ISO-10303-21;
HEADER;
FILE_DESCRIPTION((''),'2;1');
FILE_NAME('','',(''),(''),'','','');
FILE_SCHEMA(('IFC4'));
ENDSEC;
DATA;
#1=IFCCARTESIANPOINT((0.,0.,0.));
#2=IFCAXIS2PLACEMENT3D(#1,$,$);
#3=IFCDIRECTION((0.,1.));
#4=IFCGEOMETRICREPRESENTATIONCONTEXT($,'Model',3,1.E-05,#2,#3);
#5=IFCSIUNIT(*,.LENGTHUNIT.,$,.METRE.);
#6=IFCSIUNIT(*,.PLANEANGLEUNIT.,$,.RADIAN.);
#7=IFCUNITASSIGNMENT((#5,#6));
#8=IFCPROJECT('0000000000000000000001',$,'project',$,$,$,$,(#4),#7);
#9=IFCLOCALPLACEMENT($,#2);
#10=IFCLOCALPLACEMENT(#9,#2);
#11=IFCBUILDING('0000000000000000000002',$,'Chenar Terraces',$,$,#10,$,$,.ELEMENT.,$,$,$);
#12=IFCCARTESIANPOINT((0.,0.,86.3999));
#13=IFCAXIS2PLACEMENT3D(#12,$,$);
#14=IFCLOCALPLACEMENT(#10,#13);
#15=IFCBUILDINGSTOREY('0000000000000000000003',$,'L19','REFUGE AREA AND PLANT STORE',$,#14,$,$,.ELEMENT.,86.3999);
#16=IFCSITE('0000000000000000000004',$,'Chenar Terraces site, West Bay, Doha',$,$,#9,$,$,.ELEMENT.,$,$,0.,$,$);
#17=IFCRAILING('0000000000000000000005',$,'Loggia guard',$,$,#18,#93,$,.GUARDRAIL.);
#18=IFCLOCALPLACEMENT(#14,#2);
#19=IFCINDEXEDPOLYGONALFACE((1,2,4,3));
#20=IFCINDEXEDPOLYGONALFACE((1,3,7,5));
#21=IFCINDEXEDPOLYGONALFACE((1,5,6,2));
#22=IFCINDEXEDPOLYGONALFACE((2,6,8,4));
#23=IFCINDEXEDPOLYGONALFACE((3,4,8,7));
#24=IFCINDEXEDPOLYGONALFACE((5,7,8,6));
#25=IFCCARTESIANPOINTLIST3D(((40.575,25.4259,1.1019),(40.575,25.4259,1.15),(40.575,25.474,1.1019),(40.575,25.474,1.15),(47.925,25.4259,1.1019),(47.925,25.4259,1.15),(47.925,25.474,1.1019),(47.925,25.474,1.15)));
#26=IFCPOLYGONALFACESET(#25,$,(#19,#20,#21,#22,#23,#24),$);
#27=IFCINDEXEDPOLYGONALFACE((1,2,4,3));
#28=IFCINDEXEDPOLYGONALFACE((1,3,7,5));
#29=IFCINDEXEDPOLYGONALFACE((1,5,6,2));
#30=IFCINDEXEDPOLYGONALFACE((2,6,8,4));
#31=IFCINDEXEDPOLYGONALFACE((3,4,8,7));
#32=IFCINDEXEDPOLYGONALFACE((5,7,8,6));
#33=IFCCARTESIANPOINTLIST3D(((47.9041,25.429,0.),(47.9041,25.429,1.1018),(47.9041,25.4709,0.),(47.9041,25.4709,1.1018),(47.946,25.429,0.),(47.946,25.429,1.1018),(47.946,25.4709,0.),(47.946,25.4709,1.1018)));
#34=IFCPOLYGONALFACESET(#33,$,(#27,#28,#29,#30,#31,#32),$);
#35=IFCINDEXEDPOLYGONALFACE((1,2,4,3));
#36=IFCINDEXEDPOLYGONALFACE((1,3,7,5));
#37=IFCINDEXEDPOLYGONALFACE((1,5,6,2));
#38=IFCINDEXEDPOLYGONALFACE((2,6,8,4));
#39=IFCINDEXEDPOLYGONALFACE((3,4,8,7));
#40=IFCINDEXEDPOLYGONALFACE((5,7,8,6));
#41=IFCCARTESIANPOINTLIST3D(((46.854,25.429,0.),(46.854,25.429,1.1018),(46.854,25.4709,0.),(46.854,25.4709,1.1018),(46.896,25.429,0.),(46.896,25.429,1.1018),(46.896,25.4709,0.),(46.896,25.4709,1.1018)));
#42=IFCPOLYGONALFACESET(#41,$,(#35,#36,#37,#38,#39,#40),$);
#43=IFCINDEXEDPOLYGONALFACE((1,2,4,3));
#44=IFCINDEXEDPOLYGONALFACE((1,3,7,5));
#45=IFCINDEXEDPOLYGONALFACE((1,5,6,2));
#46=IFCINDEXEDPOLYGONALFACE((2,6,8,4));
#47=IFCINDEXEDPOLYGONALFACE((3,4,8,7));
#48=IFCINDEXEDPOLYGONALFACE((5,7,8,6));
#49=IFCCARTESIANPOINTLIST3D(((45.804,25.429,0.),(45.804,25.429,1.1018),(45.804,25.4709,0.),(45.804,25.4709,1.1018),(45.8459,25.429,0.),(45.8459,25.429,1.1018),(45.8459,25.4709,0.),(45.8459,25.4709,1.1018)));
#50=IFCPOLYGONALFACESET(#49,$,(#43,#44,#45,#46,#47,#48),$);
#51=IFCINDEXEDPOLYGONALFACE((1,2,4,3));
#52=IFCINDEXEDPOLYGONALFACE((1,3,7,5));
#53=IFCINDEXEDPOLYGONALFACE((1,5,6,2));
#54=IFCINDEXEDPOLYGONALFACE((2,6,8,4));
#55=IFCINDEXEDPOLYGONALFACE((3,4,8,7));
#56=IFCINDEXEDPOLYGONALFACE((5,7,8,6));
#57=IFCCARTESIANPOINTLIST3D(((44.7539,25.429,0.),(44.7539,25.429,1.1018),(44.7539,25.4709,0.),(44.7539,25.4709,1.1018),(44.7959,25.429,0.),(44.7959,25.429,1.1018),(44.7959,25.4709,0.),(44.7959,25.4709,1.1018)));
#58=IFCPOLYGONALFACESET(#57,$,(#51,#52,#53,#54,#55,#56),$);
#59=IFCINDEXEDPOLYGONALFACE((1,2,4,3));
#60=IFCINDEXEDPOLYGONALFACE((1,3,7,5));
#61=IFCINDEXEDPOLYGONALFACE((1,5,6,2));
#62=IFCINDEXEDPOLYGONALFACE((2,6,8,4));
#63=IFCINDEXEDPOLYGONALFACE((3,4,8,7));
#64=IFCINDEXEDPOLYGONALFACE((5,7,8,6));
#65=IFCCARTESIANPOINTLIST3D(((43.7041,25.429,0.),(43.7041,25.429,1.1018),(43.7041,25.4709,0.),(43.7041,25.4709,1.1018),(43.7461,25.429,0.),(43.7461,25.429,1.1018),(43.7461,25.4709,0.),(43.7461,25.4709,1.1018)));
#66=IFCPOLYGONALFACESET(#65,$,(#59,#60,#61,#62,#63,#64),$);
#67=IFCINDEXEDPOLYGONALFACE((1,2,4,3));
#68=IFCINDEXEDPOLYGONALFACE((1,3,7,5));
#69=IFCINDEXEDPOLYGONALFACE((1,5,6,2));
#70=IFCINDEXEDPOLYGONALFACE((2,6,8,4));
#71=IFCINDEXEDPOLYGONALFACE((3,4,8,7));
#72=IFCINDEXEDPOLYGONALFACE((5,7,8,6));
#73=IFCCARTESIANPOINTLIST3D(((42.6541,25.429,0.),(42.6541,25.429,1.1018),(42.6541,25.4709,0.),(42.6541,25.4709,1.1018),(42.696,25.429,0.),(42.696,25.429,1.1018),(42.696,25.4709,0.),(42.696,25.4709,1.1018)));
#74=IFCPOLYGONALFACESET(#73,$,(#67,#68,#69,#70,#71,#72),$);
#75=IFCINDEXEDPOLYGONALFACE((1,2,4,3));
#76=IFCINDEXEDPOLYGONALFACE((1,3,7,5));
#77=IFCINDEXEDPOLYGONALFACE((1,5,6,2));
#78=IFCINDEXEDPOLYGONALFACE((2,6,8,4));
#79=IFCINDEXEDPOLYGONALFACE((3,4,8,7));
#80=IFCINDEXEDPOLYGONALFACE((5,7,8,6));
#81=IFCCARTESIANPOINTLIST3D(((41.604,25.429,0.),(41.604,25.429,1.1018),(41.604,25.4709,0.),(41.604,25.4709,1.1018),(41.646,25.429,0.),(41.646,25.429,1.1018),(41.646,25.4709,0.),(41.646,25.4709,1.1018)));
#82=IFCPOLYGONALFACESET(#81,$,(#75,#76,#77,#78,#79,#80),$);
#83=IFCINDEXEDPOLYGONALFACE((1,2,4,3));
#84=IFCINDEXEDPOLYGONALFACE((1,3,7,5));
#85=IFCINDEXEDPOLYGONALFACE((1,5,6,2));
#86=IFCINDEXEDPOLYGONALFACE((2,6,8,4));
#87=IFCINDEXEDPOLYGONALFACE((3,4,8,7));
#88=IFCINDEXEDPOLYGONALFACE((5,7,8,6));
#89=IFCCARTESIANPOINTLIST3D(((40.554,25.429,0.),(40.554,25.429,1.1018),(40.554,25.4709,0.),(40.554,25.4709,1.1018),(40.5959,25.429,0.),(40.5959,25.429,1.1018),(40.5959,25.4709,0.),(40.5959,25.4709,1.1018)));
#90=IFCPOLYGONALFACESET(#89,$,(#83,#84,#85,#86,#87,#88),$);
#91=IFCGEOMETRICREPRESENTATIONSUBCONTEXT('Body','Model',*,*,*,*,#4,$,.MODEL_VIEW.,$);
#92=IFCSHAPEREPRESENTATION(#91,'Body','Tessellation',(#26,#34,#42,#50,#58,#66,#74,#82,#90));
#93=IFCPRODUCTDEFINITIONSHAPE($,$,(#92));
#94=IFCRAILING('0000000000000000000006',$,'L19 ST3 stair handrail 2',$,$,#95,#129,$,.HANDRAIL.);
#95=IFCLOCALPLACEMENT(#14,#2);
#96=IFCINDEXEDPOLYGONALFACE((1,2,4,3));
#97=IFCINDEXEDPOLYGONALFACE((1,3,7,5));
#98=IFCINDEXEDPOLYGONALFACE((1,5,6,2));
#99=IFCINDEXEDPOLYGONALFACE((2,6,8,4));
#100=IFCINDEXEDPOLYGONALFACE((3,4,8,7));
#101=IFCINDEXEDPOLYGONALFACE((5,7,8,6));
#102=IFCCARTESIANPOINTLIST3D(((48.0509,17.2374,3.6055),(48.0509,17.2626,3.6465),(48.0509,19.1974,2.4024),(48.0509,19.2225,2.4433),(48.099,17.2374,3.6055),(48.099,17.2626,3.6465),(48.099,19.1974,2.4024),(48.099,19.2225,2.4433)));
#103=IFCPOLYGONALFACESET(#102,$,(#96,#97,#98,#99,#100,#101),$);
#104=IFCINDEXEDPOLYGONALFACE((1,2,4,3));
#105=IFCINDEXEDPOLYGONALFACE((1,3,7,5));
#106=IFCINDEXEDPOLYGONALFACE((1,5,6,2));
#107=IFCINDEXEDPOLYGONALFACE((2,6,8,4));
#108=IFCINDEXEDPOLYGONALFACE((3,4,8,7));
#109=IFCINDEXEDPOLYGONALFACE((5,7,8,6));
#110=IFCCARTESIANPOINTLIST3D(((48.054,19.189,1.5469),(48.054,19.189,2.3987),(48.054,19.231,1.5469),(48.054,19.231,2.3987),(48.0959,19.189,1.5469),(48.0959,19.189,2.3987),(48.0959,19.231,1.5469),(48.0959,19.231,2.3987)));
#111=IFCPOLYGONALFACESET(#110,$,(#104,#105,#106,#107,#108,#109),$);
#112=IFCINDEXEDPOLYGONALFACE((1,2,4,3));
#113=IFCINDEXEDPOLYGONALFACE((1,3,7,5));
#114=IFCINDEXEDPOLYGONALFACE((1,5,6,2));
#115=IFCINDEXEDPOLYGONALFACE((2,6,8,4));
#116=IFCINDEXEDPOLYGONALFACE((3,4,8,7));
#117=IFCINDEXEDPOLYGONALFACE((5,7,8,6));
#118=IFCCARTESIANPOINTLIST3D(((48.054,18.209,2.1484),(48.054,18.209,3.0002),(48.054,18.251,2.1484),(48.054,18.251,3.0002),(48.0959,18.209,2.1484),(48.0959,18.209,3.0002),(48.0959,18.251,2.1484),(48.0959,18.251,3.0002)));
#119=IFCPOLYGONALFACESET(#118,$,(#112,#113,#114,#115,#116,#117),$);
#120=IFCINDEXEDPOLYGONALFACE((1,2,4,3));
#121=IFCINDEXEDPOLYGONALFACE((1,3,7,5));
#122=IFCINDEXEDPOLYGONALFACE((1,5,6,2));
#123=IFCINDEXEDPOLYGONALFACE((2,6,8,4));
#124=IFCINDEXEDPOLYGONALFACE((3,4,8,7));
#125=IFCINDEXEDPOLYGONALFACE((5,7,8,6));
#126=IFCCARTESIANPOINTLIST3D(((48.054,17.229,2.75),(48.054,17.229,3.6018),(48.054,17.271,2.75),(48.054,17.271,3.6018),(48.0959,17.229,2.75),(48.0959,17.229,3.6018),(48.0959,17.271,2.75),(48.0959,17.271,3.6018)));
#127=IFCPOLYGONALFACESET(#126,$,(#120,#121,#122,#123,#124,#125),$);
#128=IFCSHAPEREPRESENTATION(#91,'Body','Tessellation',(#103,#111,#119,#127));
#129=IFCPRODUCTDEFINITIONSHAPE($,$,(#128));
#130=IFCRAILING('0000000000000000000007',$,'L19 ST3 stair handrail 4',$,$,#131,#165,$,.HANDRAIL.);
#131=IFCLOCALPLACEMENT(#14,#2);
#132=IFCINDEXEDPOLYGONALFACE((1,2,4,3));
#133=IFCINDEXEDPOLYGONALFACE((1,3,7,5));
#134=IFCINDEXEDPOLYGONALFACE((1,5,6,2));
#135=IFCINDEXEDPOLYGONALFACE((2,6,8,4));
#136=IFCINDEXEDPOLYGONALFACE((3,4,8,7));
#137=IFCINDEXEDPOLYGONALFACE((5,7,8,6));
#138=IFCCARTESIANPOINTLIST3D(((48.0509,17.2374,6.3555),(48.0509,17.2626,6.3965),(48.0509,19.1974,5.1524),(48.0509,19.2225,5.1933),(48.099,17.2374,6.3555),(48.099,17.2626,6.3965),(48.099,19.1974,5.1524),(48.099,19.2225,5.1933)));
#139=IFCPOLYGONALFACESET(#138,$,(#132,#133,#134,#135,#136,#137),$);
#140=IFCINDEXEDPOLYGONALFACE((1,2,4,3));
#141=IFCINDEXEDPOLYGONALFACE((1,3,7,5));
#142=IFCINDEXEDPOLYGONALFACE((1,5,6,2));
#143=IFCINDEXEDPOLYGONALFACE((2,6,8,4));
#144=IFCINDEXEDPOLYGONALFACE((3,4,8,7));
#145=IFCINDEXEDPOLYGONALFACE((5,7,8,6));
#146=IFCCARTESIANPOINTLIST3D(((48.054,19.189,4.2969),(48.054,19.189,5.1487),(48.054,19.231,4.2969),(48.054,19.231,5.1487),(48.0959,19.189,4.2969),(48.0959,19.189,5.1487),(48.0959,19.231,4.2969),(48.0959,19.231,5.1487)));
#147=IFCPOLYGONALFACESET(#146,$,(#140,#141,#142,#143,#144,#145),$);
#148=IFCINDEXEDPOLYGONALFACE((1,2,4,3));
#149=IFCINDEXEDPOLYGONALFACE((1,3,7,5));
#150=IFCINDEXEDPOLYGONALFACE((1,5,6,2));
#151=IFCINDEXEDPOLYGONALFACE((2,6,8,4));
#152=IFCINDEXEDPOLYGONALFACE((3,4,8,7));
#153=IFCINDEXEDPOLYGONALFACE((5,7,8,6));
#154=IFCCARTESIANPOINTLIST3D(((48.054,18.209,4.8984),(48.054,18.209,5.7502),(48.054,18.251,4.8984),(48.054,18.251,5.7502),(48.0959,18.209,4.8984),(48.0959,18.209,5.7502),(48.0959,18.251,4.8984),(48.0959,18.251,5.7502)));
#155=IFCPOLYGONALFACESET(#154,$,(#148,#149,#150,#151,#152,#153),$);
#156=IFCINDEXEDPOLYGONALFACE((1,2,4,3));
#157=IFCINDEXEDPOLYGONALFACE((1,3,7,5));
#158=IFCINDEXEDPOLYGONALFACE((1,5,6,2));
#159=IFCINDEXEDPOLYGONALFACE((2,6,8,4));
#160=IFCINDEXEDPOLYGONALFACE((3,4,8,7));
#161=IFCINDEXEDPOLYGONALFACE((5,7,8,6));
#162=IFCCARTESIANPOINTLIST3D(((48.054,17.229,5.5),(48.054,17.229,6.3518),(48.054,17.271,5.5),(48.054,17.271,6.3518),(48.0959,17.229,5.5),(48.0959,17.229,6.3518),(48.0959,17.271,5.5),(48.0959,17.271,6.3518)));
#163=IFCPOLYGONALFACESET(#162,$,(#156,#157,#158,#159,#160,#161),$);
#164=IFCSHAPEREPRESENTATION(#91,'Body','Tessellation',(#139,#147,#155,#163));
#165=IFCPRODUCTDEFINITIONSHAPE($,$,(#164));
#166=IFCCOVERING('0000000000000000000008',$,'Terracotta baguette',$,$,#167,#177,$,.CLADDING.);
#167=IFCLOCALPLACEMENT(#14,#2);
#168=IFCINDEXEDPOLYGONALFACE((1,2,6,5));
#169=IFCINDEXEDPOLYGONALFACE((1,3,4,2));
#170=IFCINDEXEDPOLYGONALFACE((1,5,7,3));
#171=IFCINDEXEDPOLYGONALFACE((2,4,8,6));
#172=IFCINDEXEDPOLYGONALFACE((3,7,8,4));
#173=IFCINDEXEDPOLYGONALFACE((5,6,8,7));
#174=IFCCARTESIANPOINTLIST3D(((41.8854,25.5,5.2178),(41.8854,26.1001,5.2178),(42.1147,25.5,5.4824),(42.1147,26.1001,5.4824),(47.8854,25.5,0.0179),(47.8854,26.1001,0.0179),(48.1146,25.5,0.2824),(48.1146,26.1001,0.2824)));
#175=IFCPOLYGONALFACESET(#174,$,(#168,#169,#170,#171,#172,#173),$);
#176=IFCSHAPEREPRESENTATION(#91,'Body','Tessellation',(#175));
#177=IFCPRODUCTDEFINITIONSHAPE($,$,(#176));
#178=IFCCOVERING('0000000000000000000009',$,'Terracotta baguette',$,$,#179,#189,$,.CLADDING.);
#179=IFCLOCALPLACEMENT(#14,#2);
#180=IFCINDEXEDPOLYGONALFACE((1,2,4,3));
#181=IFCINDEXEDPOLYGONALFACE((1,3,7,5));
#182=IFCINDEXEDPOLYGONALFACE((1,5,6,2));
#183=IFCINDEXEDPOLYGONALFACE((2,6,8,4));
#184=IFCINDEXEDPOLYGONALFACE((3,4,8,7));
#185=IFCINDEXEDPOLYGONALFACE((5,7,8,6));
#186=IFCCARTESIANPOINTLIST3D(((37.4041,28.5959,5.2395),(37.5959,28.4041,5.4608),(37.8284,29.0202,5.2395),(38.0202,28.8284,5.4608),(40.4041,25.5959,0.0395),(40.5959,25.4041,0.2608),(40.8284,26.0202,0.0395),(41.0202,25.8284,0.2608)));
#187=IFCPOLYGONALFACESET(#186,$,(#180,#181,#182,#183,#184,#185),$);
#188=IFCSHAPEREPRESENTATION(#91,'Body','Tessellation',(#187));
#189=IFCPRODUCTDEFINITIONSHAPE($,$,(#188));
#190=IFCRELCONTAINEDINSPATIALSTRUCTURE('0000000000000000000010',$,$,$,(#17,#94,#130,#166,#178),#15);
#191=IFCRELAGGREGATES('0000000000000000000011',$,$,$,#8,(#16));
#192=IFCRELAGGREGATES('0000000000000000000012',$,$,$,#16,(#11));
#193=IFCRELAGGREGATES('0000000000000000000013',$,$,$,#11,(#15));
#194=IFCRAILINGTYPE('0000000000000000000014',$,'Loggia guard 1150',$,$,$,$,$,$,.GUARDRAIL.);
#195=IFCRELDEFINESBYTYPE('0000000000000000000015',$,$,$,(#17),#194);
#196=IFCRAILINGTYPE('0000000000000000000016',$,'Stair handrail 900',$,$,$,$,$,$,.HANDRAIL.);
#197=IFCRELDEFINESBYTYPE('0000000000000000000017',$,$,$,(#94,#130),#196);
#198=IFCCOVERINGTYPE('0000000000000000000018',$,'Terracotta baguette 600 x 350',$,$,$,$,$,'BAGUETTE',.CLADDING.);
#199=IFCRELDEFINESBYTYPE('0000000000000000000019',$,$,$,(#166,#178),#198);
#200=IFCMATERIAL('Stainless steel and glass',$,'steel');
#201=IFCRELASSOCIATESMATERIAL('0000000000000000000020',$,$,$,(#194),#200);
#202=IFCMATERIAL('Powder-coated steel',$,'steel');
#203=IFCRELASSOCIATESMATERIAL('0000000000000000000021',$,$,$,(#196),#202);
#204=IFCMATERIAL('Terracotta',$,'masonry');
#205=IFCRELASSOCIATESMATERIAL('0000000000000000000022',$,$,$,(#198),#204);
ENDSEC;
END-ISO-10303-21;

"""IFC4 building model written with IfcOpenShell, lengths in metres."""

from ifc_helpers import new_model, si_unit, direction, frame, origin, origin_2d, place, context, subcontext, project, spatial, rectangle, extrude, material, material_profile, profile_set, type_object, element, save


model = new_model("IFC4")

# Units and contexts
model_context = context("Model", 3, precision=1e-05, world=origin(), true_north=direction((0.0, 1.0)))
body_context = subcontext(model_context, "Body", "Model", "MODEL_VIEW")
ifc_project = project(units=[si_unit("LENGTHUNIT", "METRE"), si_unit("PLANEANGLEUNIT", "RADIAN")], contexts=[model_context])

# Site, building, storey
site_placement = place(None, origin())
site = spatial("IfcSite", under=ifc_project, at=site_placement, Name="Chenar Terraces site, West Bay, Doha", CompositionType="ELEMENT", RefElevation=0.0)
building_placement = place(site_placement, origin())
building = spatial("IfcBuilding", under=site, at=building_placement, Name="Chenar Terraces", CompositionType="ELEMENT")
storey_placement = place(building_placement, frame((0.0, 0.0, 86.3999)))
storey = spatial("IfcBuildingStorey", under=building, at=storey_placement, Name="L19", Description="REFUGE AREA AND PLANT STORE", CompositionType="ELEMENT", Elevation=86.3999)

# Railings
ifc_material_1 = material(Name="Stainless steel and glass", Category="steel")
railing_type_1 = type_object("IfcRailingType", Name="Loggia guard 1150", PredefinedType="GUARDRAIL", material=ifc_material_1)
railing_placement = place(storey_placement, frame((47.925, 25.45, 0.0)))
element("IfcRailing", 1, at=railing_placement, inside=storey, type_object=railing_type_1, Name="Loggia guard", PredefinedType="GUARDRAIL", context=body_context, shape_type="SweptSolid", body=[
    extrude(rectangle(XDim=0.0481, YDim=0.0481, at=origin_2d()), frame((0.0, 0.0, 1.126), z_axis=(-1.0, 0.0, 0.0), x_axis=(0.0, -1.0, 0.0)), (0.0, 0.0, 1.0), 7.3501),
    extrude(rectangle(XDim=0.042, YDim=0.042, at=origin_2d()), origin(), (0.0, 0.0, 1.0), 1.1018),
    extrude(rectangle(XDim=0.042, YDim=0.042, at=origin_2d()), frame((-1.05, 0.0, 0.0)), (0.0, 0.0, 1.0), 1.1018),
    extrude(rectangle(XDim=0.042, YDim=0.042, at=origin_2d()), frame((-2.1001, 0.0, 0.0)), (0.0, 0.0, 1.0), 1.1018),
    extrude(rectangle(XDim=0.042, YDim=0.042, at=origin_2d()), frame((-3.1501, 0.0, 0.0)), (0.0, 0.0, 1.0), 1.1018),
    extrude(rectangle(XDim=0.042, YDim=0.042, at=origin_2d()), frame((-4.2, 0.0, 0.0)), (0.0, 0.0, 1.0), 1.1018),
    extrude(rectangle(XDim=0.042, YDim=0.042, at=origin_2d()), frame((-5.25, 0.0, 0.0)), (0.0, 0.0, 1.0), 1.1018),
    extrude(rectangle(XDim=0.042, YDim=0.042, at=origin_2d()), frame((-6.3, 0.0, 0.0)), (0.0, 0.0, 1.0), 1.1018),
    extrude(rectangle(XDim=0.042, YDim=0.042, at=origin_2d()), frame((-7.3501, 0.0, 0.0)), (0.0, 0.0, 1.0), 1.1018),
])
ifc_material_2 = material(Name="Powder-coated steel", Category="steel")
railing_type_2 = type_object("IfcRailingType", Name="Stair handrail 900", PredefinedType="HANDRAIL", material=ifc_material_2)
for number, where, name in (
    (2, (48.075, 19.21, 1.5469), "L19 ST3 stair handrail 2"),
    (3, (48.075, 19.21, 4.2969), "L19 ST3 stair handrail 4"),
):
    element("IfcRailing", number, at=place(storey_placement, frame(where)), inside=storey, type_object=railing_type_2, Name=name, PredefinedType="HANDRAIL", context=body_context, shape_type="SweptSolid", body=[
        extrude(rectangle(XDim=0.0481, YDim=0.0481, at=origin_2d()), frame((0.0, 0.0, 0.876), z_axis=(0.0, -0.852241, 0.523149), x_axis=(1.0, 0.0, 0.0)), (0.0, 0.0, 1.0), 2.2998),
        extrude(rectangle(XDim=0.042, YDim=0.042, at=origin_2d()), origin(), (0.0, 0.0, 1.0), 0.8518),
        extrude(rectangle(XDim=0.042, YDim=0.042, at=origin_2d()), frame((0.0, -0.98, 0.6016)), (0.0, 0.0, 1.0), 0.8518),
        extrude(rectangle(XDim=0.042, YDim=0.042, at=origin_2d()), frame((0.0, -1.96, 1.2031)), (0.0, 0.0, 1.0), 0.8518),
    ])

# Coverings
ifc_material_3 = material(Name="Terracotta", Category="masonry")
ifc_material_profile_1 = material_profile(ifc_material_3, rectangle(XDim=0.6001, YDim=0.3501, at=origin_2d()), Name="Terracotta baguette 600 x 350")
ifc_profile_set_1 = profile_set([ifc_material_profile_1], Name="Terracotta")
covering_type = type_object("IfcCoveringType", Name="Terracotta baguette 600 x 350", ElementType="BAGUETTE", PredefinedType="CLADDING", material=ifc_profile_set_1)
covering_1_placement = place(storey_placement, frame((48.0, 25.8, 0.1501), z_axis=(-0.755692, 0.0, 0.654927), x_axis=(0.0, -1.0, 0.0)))
element("IfcCovering", 4, at=covering_1_placement, inside=storey, type_object=covering_type, Name="Terracotta baguette", PredefinedType="CLADDING", context=body_context, shape_type="SweptSolid", body=[
    extrude(rectangle(XDim=0.6001, YDim=0.3501, at=origin_2d()), origin(), (0.0, 0.0, 1.0), 7.9397),
])
covering_2_placement = place(storey_placement, frame((40.7122, 25.7122, 0.1501), z_axis=(-0.447017, 0.447017, 0.774823), x_axis=(-0.707107, -0.707107, 0.0)))
element("IfcCovering", 5, at=covering_2_placement, inside=storey, type_object=covering_type, Name="Terracotta baguette", PredefinedType="CLADDING", context=body_context, shape_type="SweptSolid", body=[
    extrude(rectangle(XDim=0.6001, YDim=0.3501, at=origin_2d()), origin(), (0.0, 0.0, 1.0), 6.7112),
])

save(model, "model.ifc")
